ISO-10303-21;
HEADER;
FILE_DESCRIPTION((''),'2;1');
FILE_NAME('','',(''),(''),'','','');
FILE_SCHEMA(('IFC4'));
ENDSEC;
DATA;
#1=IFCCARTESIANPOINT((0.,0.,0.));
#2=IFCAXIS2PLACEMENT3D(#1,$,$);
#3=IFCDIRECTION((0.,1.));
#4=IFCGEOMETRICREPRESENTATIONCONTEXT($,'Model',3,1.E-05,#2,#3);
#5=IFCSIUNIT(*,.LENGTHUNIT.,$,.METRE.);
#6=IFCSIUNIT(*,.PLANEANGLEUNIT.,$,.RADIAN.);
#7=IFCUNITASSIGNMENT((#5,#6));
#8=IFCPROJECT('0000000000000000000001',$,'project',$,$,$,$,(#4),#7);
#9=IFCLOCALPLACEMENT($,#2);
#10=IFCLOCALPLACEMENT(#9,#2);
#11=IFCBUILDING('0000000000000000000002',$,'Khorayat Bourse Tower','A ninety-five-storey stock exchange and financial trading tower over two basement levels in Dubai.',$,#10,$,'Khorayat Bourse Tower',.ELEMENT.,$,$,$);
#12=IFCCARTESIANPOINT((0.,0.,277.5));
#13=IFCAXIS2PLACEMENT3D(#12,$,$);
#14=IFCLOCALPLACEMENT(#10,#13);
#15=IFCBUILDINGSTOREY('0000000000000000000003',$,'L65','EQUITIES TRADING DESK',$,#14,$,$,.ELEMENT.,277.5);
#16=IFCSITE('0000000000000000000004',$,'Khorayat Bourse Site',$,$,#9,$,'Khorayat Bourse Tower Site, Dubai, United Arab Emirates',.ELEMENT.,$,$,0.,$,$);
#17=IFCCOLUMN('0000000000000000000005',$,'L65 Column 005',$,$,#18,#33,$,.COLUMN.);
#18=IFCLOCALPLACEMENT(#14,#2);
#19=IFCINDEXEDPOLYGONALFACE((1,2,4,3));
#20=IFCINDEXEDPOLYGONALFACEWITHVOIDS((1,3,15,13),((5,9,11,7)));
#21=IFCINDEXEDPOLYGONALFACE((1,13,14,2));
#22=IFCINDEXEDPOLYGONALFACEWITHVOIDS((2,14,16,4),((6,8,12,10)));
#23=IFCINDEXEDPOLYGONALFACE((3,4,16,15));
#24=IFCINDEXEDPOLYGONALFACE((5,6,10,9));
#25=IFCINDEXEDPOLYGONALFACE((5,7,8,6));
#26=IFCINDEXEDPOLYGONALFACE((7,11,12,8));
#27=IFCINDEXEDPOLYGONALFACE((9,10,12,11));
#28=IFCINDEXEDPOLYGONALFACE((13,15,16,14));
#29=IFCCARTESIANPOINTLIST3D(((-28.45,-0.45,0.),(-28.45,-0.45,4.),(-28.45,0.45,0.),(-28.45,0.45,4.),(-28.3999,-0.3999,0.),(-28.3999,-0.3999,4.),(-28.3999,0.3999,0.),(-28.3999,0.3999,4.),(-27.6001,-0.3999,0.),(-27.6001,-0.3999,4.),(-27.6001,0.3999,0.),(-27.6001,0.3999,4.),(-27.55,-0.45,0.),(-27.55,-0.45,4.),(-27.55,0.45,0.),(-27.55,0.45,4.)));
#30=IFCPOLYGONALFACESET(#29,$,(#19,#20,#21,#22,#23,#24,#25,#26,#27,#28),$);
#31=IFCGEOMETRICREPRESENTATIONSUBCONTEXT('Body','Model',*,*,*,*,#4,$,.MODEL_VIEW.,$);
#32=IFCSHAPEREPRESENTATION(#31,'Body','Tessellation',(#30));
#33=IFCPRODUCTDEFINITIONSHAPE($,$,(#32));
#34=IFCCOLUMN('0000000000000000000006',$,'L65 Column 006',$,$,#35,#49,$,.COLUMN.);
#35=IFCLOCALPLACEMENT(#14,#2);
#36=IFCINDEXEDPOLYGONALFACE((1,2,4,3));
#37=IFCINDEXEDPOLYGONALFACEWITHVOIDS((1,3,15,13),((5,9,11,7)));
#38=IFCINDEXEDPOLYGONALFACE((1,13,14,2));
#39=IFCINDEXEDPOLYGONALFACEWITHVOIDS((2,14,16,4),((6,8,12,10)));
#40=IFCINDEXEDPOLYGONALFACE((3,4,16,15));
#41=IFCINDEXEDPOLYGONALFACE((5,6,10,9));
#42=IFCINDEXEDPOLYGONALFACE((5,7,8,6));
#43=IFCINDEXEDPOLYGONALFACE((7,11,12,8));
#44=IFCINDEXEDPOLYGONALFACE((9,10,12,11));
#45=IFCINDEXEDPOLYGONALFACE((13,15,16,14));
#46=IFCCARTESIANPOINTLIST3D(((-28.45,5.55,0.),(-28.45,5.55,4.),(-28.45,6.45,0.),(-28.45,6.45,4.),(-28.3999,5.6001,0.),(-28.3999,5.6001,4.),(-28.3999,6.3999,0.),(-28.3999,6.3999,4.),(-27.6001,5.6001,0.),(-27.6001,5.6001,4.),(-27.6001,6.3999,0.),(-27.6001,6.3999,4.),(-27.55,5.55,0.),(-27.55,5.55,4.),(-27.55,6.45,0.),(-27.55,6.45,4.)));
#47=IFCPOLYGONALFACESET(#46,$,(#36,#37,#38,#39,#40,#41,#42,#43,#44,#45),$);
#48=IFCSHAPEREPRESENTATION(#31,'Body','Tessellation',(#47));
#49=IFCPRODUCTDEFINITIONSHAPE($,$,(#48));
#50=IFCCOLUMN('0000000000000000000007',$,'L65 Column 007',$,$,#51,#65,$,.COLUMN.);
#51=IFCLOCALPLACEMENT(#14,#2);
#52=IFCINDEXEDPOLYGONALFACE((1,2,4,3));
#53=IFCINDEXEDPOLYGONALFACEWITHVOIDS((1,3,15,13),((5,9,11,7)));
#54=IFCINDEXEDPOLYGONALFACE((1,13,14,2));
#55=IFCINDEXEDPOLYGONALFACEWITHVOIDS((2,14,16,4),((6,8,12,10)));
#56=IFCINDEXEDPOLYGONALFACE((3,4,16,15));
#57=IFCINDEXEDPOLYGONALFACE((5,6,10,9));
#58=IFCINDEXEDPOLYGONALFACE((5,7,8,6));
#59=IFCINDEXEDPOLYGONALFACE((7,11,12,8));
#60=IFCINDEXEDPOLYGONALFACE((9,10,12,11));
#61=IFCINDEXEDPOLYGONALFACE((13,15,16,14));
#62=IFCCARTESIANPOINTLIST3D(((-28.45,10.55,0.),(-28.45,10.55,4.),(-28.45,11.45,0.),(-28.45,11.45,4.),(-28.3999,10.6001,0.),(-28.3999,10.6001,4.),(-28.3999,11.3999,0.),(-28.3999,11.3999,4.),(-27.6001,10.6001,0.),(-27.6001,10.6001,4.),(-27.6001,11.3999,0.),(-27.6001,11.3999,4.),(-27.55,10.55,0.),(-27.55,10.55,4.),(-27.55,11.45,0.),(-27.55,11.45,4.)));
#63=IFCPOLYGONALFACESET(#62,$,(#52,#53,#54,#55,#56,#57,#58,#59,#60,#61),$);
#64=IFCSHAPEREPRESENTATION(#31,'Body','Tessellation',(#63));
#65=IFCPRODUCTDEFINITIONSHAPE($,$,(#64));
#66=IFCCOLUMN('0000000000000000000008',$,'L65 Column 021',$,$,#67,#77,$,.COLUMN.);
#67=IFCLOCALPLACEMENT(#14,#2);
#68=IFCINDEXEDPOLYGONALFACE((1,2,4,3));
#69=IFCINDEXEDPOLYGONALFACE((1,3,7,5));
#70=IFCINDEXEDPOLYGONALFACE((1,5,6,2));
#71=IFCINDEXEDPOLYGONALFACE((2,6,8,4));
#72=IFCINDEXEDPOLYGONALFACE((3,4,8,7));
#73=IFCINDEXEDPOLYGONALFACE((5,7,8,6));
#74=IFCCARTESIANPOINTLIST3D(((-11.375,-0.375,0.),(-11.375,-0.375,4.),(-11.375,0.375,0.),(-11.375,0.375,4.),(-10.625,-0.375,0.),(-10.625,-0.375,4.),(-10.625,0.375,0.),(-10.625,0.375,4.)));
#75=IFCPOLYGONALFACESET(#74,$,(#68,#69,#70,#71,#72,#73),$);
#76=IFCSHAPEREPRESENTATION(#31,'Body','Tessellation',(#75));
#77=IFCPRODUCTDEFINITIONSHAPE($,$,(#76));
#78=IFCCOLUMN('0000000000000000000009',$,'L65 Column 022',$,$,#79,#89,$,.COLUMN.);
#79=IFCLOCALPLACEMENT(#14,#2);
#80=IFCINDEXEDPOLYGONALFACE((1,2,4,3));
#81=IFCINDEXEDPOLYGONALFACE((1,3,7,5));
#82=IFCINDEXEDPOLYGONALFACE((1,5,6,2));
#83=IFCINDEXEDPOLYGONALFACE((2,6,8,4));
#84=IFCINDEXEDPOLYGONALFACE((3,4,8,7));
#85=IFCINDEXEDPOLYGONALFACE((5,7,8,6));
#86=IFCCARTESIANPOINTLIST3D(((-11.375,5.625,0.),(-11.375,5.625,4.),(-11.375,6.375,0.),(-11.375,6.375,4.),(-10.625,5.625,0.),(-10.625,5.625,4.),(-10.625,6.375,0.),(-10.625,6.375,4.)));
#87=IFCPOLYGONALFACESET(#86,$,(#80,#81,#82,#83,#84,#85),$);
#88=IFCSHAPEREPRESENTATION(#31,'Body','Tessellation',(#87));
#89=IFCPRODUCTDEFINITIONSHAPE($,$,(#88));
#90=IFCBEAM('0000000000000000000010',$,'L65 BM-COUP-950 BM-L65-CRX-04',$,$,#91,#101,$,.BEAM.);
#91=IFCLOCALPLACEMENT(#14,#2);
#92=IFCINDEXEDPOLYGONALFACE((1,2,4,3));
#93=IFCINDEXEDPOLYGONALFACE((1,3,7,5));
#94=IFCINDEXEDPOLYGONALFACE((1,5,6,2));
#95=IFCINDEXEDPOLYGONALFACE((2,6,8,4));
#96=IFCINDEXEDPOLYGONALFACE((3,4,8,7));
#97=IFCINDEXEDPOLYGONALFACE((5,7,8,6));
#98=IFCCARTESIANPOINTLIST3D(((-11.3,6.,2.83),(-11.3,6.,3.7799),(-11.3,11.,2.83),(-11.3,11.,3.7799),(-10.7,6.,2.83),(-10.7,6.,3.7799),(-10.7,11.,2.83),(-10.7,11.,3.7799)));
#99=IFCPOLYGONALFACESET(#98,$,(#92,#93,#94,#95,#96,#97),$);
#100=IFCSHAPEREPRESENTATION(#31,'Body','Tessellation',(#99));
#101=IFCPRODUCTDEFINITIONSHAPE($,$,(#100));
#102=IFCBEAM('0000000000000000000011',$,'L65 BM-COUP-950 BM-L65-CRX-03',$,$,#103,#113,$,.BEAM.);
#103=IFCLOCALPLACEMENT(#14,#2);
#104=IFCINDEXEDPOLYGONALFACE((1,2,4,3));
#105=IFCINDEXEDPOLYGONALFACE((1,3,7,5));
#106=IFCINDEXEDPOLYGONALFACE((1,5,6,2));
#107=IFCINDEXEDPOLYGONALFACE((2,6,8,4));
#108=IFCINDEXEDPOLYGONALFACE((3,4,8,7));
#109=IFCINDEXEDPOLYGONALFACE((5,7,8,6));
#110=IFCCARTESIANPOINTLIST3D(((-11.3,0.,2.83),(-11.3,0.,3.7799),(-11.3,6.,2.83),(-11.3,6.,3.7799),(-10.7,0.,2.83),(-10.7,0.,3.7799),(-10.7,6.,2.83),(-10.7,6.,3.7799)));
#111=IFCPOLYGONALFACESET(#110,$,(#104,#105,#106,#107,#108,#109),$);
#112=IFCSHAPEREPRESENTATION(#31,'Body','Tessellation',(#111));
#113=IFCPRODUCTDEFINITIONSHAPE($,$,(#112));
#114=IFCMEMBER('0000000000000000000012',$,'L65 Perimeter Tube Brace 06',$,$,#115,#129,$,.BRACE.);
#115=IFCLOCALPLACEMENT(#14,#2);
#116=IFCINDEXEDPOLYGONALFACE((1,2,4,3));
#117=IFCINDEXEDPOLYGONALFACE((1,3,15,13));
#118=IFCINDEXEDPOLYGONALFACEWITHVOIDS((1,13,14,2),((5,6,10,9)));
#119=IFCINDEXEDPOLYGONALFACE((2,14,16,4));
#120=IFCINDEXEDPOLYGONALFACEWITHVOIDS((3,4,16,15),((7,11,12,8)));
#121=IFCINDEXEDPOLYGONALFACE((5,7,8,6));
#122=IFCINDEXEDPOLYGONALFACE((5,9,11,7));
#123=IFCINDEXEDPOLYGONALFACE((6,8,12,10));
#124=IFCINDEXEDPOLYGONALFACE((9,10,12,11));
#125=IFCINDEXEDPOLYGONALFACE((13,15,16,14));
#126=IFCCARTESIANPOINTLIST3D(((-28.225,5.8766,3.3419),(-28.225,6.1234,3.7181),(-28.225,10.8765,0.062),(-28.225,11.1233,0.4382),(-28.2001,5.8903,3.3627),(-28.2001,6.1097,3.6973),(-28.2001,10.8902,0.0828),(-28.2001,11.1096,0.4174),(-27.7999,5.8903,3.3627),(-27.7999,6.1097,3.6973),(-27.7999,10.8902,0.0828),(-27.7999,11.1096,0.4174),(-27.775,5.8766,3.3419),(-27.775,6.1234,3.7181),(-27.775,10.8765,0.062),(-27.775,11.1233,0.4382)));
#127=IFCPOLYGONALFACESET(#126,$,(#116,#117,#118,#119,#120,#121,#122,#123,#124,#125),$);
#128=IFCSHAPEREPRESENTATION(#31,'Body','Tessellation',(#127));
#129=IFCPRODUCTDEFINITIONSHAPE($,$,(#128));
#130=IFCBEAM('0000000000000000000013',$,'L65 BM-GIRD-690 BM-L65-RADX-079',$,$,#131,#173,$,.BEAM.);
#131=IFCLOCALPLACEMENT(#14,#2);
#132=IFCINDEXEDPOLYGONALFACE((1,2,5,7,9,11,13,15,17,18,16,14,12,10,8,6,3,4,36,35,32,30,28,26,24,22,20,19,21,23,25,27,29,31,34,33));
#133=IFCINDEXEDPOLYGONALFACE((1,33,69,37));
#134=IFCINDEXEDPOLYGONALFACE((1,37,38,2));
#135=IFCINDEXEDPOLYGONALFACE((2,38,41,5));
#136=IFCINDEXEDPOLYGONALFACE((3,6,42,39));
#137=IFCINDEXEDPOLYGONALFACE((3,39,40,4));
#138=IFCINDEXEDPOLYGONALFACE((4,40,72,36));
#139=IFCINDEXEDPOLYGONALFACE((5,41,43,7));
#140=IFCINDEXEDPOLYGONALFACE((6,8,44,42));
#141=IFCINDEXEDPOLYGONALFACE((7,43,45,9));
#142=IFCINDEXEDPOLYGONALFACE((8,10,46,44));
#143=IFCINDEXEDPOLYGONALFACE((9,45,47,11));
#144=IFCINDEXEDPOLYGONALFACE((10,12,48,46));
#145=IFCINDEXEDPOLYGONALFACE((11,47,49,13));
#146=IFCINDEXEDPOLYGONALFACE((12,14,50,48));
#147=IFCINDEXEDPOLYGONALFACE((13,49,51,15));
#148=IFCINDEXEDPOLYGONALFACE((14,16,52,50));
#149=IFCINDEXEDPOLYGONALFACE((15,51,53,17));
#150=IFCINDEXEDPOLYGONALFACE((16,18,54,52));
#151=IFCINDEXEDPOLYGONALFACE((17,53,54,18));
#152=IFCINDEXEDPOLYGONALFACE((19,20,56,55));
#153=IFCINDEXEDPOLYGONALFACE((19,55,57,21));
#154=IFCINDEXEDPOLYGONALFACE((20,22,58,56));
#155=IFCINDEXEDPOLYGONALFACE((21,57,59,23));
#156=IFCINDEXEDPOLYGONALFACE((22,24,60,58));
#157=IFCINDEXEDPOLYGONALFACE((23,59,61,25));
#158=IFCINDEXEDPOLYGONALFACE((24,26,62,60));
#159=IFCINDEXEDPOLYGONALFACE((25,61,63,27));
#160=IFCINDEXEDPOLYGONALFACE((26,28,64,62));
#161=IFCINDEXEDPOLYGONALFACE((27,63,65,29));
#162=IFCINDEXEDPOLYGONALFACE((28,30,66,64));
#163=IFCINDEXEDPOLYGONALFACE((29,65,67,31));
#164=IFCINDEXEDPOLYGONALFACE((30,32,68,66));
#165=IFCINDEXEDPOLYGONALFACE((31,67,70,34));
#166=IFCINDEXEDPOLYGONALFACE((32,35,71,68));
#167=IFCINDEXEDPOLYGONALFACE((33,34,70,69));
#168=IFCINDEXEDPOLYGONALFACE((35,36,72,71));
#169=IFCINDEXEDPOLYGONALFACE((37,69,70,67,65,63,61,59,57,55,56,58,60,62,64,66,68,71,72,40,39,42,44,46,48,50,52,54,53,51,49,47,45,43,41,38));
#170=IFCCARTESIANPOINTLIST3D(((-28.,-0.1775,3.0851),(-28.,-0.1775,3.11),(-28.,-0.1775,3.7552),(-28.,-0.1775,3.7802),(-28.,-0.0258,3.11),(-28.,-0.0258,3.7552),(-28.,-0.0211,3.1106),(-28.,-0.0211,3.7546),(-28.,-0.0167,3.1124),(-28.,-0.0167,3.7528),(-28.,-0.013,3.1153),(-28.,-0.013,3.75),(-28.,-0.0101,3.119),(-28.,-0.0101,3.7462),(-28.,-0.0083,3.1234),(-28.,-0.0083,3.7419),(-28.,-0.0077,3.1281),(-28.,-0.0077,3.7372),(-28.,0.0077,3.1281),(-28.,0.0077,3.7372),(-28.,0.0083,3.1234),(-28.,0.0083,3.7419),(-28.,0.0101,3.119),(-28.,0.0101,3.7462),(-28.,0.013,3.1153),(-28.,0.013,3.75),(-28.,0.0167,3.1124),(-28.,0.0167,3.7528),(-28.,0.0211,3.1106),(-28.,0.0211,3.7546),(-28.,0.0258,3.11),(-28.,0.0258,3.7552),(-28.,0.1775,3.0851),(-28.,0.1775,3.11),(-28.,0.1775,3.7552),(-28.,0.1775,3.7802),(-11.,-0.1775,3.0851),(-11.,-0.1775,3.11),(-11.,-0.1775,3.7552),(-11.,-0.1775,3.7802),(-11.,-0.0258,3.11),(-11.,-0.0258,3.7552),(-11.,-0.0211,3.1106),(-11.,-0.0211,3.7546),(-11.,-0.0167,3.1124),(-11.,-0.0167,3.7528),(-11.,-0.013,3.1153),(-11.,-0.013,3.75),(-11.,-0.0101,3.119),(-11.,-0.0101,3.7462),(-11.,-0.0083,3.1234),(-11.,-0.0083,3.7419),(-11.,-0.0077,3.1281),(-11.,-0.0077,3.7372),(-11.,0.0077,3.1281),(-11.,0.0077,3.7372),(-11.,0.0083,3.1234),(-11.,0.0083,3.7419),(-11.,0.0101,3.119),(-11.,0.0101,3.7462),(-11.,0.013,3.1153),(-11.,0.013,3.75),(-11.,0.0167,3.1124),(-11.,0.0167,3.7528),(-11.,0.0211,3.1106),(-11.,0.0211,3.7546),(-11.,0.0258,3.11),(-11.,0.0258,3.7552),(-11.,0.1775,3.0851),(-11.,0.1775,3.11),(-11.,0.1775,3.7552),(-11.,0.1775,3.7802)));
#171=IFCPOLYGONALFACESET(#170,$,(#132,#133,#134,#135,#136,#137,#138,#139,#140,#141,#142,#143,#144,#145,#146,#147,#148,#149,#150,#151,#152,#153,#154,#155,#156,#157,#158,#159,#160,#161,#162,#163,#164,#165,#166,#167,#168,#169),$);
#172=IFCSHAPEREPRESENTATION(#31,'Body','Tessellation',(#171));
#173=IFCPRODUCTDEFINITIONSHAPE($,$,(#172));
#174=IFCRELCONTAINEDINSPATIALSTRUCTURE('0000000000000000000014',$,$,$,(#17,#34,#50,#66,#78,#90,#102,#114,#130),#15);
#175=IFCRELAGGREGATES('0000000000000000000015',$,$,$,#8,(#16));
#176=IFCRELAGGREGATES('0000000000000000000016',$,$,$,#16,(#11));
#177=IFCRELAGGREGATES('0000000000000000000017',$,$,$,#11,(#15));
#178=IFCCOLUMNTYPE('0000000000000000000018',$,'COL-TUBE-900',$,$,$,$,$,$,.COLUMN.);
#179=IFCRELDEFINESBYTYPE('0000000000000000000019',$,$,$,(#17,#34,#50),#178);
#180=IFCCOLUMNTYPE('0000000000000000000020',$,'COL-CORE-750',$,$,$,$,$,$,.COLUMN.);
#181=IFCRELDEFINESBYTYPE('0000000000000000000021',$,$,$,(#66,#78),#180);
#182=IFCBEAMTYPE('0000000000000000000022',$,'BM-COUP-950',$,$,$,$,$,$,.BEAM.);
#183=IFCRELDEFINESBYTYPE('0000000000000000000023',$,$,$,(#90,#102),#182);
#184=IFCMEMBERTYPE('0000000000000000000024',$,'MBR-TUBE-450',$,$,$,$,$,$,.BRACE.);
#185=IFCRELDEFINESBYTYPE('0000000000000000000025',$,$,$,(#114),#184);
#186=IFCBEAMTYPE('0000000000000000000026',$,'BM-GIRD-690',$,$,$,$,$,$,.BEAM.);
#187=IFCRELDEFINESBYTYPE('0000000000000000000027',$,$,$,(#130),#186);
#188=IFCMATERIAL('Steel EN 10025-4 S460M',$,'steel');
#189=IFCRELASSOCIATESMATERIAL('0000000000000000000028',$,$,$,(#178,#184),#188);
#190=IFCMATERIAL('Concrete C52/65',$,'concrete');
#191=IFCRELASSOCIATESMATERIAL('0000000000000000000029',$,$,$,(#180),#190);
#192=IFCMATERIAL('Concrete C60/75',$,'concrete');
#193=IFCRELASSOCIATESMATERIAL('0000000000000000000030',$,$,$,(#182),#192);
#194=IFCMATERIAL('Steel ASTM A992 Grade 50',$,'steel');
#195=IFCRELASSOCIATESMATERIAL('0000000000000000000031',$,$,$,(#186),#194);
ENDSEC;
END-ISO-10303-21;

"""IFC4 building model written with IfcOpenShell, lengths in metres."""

from ifc_helpers import new_model, si_unit, direction, frame, origin, origin_2d, place, context, subcontext, project, spatial, rectangle, hollow_rectangle, i_section, extrude, source, transform, mapped, material, material_profile, profile_set, type_object, element, save


model = new_model("IFC4")

# Units and contexts
model_context = context("Model", 3, precision=1e-05, world=origin(), true_north=direction((0.0, 1.0)))
body_context = subcontext(model_context, "Body", "Model", "MODEL_VIEW")
ifc_project = project(units=[si_unit("LENGTHUNIT", "METRE"), si_unit("PLANEANGLEUNIT", "RADIAN")], contexts=[model_context])

# Site, building, storey
site_placement = place(None, origin())
site = spatial("IfcSite", under=ifc_project, at=site_placement, Name="Khorayat Bourse Site", LongName="Khorayat Bourse Tower Site, Dubai, United Arab Emirates", CompositionType="ELEMENT", RefElevation=0.0)
building_placement = place(site_placement, origin())
building = spatial("IfcBuilding", under=site, at=building_placement, Name="Khorayat Bourse Tower", Description="A ninety-five-storey stock exchange and financial trading tower over two basement levels in Dubai.", LongName="Khorayat Bourse Tower", CompositionType="ELEMENT")
storey_placement = place(building_placement, frame((0.0, 0.0, 277.5)))
storey = spatial("IfcBuildingStorey", under=building, at=storey_placement, Name="L65", Description="EQUITIES TRADING DESK", CompositionType="ELEMENT", Elevation=277.5)

# Columns
ifc_material_1 = material(Name="Steel EN 10025-4 S460M", Category="steel")
ifc_material_profile_1 = material_profile(ifc_material_1, hollow_rectangle(XDim=0.8999, YDim=0.8999, WallThickness=0.05, at=origin_2d()), Name="BOX 900x900x50")
ifc_profile_set_1 = profile_set([ifc_material_profile_1], Name="Steel EN 10025-4 S460M")
column_type_1 = type_object("IfcColumnType", Name="COL-TUBE-900", PredefinedType="COLUMN", material=ifc_profile_set_1)
shared_shape_1 = source(origin(), body_context, "Body", "SweptSolid", [
    extrude(hollow_rectangle(XDim=0.8999, YDim=0.8999, WallThickness=0.05, at=origin_2d()), origin(), (0.0, 0.0, 1.0), 4.0),
])
for number, where, z_axis, x_axis, name in (
    (1, (-28.0, 0.0, 0.0), (0.0, 0.0, 1.0), (1.0, 0.0, 0.0), "L65 Column 005"),
    (2, (-28.0, 6.0, 0.0), (0.0, 0.0, 1.0), (1.0, 0.0, 0.0), "L65 Column 006"),
    (3, (-28.0, 11.0, 0.0), (0.0, 0.0, 1.0), (1.0, 0.0, 0.0), "L65 Column 007"),
):
    element("IfcColumn", number, at=place(storey_placement, frame(where, z_axis=z_axis, x_axis=x_axis)), inside=storey, type_object=column_type_1, Name=name, PredefinedType="COLUMN", context=body_context, shape_type="MappedRepresentation", body=[
        mapped(shared_shape_1, transform((0.0, 0.0, 0.0), scale=1.0)),
    ])
ifc_material_2 = material(Name="Concrete C52/65", Category="concrete")
ifc_material_profile_2 = material_profile(ifc_material_2, rectangle(XDim=0.75, YDim=0.75, at=origin_2d()), Name="RC 750x750")
ifc_profile_set_2 = profile_set([ifc_material_profile_2], Name="Concrete C52/65")
column_type_2 = type_object("IfcColumnType", Name="COL-CORE-750", PredefinedType="COLUMN", material=ifc_profile_set_2)
shared_shape_2 = source(origin(), body_context, "Body", "SweptSolid", [
    extrude(rectangle(XDim=0.75, YDim=0.75, at=origin_2d()), origin(), (0.0, 0.0, 1.0), 4.0),
])
for number, where, z_axis, x_axis, name in (
    (4, (-11.0, 0.0, 0.0), (0.0, 0.0, 1.0), (1.0, 0.0, 0.0), "L65 Column 021"),
    (5, (-11.0, 6.0, 0.0), (0.0, 0.0, 1.0), (1.0, 0.0, 0.0), "L65 Column 022"),
):
    element("IfcColumn", number, at=place(storey_placement, frame(where, z_axis=z_axis, x_axis=x_axis)), inside=storey, type_object=column_type_2, Name=name, PredefinedType="COLUMN", context=body_context, shape_type="MappedRepresentation", body=[
        mapped(shared_shape_2, transform((0.0, 0.0, 0.0), scale=1.0)),
    ])

# Beams
ifc_material_3 = material(Name="Concrete C60/75", Category="concrete")
ifc_material_profile_3 = material_profile(ifc_material_3, rectangle(XDim=0.6001, YDim=0.95, at=origin_2d()), Name="RC 600x950")
ifc_profile_set_3 = profile_set([ifc_material_profile_3], Name="Concrete C60/75")
beam_type_1 = type_object("IfcBeamType", Name="BM-COUP-950", PredefinedType="BEAM", material=ifc_profile_set_3)
shared_shape_3 = source(origin(), body_context, "Body", "SweptSolid", [
    extrude(rectangle(XDim=0.6001, YDim=0.95, at=origin_2d()), origin(), (0.0, 0.0, 1.0), 5.0),
])
beam_1_placement = place(storey_placement, frame((-11.0, 6.0, 3.3049), z_axis=(0.0, 1.0, 0.0), x_axis=(-1.0, 0.0, 0.0)))
element("IfcBeam", 6, at=beam_1_placement, inside=storey, type_object=beam_type_1, Name="L65 BM-COUP-950 BM-L65-CRX-04", PredefinedType="BEAM", context=body_context, shape_type="MappedRepresentation", body=[
    mapped(shared_shape_3, transform((0.0, 0.0, 0.0), scale=1.0)),
])
shared_shape_4 = source(origin(), body_context, "Body", "SweptSolid", [
    extrude(rectangle(XDim=0.6001, YDim=0.95, at=origin_2d()), origin(), (0.0, 0.0, 1.0), 6.0),
])
beam_2_placement = place(storey_placement, frame((-11.0, 0.0, 3.3049), z_axis=(0.0, 1.0, 0.0), x_axis=(-1.0, 0.0, 0.0)))
element("IfcBeam", 7, at=beam_2_placement, inside=storey, type_object=beam_type_1, Name="L65 BM-COUP-950 BM-L65-CRX-03", PredefinedType="BEAM", context=body_context, shape_type="MappedRepresentation", body=[
    mapped(shared_shape_4, transform((0.0, 0.0, 0.0), scale=1.0)),
])

# Member
ifc_material_profile_4 = material_profile(ifc_material_1, hollow_rectangle(XDim=0.45, YDim=0.45, WallThickness=0.0249, at=origin_2d()), Name="HSS 450x450x25")
ifc_profile_set_4 = profile_set([ifc_material_profile_4], Name="Steel EN 10025-4 S460M")
member_type_1 = type_object("IfcMemberType", Name="MBR-TUBE-450", PredefinedType="BRACE", material=ifc_profile_set_4)
shared_shape_5 = source(origin(), body_context, "Body", "SweptSolid", [
    extrude(hollow_rectangle(XDim=0.45, YDim=0.45, WallThickness=0.0249, at=origin_2d()), origin(), (0.0, 0.0, 1.0), 5.9797),
])
member_1_placement = place(storey_placement, frame((-28.0, 6.0, 3.53), z_axis=(0.0, 0.836142, -0.548514), x_axis=(-1.0, 0.0, 0.0)))
element("IfcMember", 8, at=member_1_placement, inside=storey, type_object=member_type_1, Name="L65 Perimeter Tube Brace 06", PredefinedType="BRACE", context=body_context, shape_type="MappedRepresentation", body=[
    mapped(shared_shape_5, transform((0.0, 0.0, 0.0), scale=1.0)),
])

# Beam
ifc_material_4 = material(Name="Steel ASTM A992 Grade 50", Category="steel")
ifc_material_profile_5 = material_profile(ifc_material_4, i_section(OverallWidth=0.355, OverallDepth=0.6951, WebThickness=0.0154, FlangeThickness=0.0249, FilletRadius=0.0181, at=origin_2d()), Name="W690X217")
ifc_profile_set_5 = profile_set([ifc_material_profile_5], Name="Steel ASTM A992 Grade 50")
beam_type_2 = type_object("IfcBeamType", Name="BM-GIRD-690", PredefinedType="BEAM", material=ifc_profile_set_5)
shared_shape_6 = source(origin(), body_context, "Body", "SweptSolid", [
    extrude(i_section(OverallWidth=0.355, OverallDepth=0.6951, WebThickness=0.0154, FlangeThickness=0.0249, FilletRadius=0.0181, at=origin_2d()), origin(), (0.0, 0.0, 1.0), 17.0),
])
for number, where, z_axis, x_axis, name in (
    (9, (-28.0, 0.0, 3.4326), (1.0, 0.0, 0.0), (0.0, 1.0, 0.0), "L65 BM-GIRD-690 BM-L65-RADX-079"),
):
    element("IfcBeam", number, at=place(storey_placement, frame(where, z_axis=z_axis, x_axis=x_axis)), inside=storey, type_object=beam_type_2, Name=name, PredefinedType="BEAM", context=body_context, shape_type="MappedRepresentation", body=[
        mapped(shared_shape_6, transform((0.0, 0.0, 0.0), scale=1.0)),
    ])

save(model, "model.ifc")
